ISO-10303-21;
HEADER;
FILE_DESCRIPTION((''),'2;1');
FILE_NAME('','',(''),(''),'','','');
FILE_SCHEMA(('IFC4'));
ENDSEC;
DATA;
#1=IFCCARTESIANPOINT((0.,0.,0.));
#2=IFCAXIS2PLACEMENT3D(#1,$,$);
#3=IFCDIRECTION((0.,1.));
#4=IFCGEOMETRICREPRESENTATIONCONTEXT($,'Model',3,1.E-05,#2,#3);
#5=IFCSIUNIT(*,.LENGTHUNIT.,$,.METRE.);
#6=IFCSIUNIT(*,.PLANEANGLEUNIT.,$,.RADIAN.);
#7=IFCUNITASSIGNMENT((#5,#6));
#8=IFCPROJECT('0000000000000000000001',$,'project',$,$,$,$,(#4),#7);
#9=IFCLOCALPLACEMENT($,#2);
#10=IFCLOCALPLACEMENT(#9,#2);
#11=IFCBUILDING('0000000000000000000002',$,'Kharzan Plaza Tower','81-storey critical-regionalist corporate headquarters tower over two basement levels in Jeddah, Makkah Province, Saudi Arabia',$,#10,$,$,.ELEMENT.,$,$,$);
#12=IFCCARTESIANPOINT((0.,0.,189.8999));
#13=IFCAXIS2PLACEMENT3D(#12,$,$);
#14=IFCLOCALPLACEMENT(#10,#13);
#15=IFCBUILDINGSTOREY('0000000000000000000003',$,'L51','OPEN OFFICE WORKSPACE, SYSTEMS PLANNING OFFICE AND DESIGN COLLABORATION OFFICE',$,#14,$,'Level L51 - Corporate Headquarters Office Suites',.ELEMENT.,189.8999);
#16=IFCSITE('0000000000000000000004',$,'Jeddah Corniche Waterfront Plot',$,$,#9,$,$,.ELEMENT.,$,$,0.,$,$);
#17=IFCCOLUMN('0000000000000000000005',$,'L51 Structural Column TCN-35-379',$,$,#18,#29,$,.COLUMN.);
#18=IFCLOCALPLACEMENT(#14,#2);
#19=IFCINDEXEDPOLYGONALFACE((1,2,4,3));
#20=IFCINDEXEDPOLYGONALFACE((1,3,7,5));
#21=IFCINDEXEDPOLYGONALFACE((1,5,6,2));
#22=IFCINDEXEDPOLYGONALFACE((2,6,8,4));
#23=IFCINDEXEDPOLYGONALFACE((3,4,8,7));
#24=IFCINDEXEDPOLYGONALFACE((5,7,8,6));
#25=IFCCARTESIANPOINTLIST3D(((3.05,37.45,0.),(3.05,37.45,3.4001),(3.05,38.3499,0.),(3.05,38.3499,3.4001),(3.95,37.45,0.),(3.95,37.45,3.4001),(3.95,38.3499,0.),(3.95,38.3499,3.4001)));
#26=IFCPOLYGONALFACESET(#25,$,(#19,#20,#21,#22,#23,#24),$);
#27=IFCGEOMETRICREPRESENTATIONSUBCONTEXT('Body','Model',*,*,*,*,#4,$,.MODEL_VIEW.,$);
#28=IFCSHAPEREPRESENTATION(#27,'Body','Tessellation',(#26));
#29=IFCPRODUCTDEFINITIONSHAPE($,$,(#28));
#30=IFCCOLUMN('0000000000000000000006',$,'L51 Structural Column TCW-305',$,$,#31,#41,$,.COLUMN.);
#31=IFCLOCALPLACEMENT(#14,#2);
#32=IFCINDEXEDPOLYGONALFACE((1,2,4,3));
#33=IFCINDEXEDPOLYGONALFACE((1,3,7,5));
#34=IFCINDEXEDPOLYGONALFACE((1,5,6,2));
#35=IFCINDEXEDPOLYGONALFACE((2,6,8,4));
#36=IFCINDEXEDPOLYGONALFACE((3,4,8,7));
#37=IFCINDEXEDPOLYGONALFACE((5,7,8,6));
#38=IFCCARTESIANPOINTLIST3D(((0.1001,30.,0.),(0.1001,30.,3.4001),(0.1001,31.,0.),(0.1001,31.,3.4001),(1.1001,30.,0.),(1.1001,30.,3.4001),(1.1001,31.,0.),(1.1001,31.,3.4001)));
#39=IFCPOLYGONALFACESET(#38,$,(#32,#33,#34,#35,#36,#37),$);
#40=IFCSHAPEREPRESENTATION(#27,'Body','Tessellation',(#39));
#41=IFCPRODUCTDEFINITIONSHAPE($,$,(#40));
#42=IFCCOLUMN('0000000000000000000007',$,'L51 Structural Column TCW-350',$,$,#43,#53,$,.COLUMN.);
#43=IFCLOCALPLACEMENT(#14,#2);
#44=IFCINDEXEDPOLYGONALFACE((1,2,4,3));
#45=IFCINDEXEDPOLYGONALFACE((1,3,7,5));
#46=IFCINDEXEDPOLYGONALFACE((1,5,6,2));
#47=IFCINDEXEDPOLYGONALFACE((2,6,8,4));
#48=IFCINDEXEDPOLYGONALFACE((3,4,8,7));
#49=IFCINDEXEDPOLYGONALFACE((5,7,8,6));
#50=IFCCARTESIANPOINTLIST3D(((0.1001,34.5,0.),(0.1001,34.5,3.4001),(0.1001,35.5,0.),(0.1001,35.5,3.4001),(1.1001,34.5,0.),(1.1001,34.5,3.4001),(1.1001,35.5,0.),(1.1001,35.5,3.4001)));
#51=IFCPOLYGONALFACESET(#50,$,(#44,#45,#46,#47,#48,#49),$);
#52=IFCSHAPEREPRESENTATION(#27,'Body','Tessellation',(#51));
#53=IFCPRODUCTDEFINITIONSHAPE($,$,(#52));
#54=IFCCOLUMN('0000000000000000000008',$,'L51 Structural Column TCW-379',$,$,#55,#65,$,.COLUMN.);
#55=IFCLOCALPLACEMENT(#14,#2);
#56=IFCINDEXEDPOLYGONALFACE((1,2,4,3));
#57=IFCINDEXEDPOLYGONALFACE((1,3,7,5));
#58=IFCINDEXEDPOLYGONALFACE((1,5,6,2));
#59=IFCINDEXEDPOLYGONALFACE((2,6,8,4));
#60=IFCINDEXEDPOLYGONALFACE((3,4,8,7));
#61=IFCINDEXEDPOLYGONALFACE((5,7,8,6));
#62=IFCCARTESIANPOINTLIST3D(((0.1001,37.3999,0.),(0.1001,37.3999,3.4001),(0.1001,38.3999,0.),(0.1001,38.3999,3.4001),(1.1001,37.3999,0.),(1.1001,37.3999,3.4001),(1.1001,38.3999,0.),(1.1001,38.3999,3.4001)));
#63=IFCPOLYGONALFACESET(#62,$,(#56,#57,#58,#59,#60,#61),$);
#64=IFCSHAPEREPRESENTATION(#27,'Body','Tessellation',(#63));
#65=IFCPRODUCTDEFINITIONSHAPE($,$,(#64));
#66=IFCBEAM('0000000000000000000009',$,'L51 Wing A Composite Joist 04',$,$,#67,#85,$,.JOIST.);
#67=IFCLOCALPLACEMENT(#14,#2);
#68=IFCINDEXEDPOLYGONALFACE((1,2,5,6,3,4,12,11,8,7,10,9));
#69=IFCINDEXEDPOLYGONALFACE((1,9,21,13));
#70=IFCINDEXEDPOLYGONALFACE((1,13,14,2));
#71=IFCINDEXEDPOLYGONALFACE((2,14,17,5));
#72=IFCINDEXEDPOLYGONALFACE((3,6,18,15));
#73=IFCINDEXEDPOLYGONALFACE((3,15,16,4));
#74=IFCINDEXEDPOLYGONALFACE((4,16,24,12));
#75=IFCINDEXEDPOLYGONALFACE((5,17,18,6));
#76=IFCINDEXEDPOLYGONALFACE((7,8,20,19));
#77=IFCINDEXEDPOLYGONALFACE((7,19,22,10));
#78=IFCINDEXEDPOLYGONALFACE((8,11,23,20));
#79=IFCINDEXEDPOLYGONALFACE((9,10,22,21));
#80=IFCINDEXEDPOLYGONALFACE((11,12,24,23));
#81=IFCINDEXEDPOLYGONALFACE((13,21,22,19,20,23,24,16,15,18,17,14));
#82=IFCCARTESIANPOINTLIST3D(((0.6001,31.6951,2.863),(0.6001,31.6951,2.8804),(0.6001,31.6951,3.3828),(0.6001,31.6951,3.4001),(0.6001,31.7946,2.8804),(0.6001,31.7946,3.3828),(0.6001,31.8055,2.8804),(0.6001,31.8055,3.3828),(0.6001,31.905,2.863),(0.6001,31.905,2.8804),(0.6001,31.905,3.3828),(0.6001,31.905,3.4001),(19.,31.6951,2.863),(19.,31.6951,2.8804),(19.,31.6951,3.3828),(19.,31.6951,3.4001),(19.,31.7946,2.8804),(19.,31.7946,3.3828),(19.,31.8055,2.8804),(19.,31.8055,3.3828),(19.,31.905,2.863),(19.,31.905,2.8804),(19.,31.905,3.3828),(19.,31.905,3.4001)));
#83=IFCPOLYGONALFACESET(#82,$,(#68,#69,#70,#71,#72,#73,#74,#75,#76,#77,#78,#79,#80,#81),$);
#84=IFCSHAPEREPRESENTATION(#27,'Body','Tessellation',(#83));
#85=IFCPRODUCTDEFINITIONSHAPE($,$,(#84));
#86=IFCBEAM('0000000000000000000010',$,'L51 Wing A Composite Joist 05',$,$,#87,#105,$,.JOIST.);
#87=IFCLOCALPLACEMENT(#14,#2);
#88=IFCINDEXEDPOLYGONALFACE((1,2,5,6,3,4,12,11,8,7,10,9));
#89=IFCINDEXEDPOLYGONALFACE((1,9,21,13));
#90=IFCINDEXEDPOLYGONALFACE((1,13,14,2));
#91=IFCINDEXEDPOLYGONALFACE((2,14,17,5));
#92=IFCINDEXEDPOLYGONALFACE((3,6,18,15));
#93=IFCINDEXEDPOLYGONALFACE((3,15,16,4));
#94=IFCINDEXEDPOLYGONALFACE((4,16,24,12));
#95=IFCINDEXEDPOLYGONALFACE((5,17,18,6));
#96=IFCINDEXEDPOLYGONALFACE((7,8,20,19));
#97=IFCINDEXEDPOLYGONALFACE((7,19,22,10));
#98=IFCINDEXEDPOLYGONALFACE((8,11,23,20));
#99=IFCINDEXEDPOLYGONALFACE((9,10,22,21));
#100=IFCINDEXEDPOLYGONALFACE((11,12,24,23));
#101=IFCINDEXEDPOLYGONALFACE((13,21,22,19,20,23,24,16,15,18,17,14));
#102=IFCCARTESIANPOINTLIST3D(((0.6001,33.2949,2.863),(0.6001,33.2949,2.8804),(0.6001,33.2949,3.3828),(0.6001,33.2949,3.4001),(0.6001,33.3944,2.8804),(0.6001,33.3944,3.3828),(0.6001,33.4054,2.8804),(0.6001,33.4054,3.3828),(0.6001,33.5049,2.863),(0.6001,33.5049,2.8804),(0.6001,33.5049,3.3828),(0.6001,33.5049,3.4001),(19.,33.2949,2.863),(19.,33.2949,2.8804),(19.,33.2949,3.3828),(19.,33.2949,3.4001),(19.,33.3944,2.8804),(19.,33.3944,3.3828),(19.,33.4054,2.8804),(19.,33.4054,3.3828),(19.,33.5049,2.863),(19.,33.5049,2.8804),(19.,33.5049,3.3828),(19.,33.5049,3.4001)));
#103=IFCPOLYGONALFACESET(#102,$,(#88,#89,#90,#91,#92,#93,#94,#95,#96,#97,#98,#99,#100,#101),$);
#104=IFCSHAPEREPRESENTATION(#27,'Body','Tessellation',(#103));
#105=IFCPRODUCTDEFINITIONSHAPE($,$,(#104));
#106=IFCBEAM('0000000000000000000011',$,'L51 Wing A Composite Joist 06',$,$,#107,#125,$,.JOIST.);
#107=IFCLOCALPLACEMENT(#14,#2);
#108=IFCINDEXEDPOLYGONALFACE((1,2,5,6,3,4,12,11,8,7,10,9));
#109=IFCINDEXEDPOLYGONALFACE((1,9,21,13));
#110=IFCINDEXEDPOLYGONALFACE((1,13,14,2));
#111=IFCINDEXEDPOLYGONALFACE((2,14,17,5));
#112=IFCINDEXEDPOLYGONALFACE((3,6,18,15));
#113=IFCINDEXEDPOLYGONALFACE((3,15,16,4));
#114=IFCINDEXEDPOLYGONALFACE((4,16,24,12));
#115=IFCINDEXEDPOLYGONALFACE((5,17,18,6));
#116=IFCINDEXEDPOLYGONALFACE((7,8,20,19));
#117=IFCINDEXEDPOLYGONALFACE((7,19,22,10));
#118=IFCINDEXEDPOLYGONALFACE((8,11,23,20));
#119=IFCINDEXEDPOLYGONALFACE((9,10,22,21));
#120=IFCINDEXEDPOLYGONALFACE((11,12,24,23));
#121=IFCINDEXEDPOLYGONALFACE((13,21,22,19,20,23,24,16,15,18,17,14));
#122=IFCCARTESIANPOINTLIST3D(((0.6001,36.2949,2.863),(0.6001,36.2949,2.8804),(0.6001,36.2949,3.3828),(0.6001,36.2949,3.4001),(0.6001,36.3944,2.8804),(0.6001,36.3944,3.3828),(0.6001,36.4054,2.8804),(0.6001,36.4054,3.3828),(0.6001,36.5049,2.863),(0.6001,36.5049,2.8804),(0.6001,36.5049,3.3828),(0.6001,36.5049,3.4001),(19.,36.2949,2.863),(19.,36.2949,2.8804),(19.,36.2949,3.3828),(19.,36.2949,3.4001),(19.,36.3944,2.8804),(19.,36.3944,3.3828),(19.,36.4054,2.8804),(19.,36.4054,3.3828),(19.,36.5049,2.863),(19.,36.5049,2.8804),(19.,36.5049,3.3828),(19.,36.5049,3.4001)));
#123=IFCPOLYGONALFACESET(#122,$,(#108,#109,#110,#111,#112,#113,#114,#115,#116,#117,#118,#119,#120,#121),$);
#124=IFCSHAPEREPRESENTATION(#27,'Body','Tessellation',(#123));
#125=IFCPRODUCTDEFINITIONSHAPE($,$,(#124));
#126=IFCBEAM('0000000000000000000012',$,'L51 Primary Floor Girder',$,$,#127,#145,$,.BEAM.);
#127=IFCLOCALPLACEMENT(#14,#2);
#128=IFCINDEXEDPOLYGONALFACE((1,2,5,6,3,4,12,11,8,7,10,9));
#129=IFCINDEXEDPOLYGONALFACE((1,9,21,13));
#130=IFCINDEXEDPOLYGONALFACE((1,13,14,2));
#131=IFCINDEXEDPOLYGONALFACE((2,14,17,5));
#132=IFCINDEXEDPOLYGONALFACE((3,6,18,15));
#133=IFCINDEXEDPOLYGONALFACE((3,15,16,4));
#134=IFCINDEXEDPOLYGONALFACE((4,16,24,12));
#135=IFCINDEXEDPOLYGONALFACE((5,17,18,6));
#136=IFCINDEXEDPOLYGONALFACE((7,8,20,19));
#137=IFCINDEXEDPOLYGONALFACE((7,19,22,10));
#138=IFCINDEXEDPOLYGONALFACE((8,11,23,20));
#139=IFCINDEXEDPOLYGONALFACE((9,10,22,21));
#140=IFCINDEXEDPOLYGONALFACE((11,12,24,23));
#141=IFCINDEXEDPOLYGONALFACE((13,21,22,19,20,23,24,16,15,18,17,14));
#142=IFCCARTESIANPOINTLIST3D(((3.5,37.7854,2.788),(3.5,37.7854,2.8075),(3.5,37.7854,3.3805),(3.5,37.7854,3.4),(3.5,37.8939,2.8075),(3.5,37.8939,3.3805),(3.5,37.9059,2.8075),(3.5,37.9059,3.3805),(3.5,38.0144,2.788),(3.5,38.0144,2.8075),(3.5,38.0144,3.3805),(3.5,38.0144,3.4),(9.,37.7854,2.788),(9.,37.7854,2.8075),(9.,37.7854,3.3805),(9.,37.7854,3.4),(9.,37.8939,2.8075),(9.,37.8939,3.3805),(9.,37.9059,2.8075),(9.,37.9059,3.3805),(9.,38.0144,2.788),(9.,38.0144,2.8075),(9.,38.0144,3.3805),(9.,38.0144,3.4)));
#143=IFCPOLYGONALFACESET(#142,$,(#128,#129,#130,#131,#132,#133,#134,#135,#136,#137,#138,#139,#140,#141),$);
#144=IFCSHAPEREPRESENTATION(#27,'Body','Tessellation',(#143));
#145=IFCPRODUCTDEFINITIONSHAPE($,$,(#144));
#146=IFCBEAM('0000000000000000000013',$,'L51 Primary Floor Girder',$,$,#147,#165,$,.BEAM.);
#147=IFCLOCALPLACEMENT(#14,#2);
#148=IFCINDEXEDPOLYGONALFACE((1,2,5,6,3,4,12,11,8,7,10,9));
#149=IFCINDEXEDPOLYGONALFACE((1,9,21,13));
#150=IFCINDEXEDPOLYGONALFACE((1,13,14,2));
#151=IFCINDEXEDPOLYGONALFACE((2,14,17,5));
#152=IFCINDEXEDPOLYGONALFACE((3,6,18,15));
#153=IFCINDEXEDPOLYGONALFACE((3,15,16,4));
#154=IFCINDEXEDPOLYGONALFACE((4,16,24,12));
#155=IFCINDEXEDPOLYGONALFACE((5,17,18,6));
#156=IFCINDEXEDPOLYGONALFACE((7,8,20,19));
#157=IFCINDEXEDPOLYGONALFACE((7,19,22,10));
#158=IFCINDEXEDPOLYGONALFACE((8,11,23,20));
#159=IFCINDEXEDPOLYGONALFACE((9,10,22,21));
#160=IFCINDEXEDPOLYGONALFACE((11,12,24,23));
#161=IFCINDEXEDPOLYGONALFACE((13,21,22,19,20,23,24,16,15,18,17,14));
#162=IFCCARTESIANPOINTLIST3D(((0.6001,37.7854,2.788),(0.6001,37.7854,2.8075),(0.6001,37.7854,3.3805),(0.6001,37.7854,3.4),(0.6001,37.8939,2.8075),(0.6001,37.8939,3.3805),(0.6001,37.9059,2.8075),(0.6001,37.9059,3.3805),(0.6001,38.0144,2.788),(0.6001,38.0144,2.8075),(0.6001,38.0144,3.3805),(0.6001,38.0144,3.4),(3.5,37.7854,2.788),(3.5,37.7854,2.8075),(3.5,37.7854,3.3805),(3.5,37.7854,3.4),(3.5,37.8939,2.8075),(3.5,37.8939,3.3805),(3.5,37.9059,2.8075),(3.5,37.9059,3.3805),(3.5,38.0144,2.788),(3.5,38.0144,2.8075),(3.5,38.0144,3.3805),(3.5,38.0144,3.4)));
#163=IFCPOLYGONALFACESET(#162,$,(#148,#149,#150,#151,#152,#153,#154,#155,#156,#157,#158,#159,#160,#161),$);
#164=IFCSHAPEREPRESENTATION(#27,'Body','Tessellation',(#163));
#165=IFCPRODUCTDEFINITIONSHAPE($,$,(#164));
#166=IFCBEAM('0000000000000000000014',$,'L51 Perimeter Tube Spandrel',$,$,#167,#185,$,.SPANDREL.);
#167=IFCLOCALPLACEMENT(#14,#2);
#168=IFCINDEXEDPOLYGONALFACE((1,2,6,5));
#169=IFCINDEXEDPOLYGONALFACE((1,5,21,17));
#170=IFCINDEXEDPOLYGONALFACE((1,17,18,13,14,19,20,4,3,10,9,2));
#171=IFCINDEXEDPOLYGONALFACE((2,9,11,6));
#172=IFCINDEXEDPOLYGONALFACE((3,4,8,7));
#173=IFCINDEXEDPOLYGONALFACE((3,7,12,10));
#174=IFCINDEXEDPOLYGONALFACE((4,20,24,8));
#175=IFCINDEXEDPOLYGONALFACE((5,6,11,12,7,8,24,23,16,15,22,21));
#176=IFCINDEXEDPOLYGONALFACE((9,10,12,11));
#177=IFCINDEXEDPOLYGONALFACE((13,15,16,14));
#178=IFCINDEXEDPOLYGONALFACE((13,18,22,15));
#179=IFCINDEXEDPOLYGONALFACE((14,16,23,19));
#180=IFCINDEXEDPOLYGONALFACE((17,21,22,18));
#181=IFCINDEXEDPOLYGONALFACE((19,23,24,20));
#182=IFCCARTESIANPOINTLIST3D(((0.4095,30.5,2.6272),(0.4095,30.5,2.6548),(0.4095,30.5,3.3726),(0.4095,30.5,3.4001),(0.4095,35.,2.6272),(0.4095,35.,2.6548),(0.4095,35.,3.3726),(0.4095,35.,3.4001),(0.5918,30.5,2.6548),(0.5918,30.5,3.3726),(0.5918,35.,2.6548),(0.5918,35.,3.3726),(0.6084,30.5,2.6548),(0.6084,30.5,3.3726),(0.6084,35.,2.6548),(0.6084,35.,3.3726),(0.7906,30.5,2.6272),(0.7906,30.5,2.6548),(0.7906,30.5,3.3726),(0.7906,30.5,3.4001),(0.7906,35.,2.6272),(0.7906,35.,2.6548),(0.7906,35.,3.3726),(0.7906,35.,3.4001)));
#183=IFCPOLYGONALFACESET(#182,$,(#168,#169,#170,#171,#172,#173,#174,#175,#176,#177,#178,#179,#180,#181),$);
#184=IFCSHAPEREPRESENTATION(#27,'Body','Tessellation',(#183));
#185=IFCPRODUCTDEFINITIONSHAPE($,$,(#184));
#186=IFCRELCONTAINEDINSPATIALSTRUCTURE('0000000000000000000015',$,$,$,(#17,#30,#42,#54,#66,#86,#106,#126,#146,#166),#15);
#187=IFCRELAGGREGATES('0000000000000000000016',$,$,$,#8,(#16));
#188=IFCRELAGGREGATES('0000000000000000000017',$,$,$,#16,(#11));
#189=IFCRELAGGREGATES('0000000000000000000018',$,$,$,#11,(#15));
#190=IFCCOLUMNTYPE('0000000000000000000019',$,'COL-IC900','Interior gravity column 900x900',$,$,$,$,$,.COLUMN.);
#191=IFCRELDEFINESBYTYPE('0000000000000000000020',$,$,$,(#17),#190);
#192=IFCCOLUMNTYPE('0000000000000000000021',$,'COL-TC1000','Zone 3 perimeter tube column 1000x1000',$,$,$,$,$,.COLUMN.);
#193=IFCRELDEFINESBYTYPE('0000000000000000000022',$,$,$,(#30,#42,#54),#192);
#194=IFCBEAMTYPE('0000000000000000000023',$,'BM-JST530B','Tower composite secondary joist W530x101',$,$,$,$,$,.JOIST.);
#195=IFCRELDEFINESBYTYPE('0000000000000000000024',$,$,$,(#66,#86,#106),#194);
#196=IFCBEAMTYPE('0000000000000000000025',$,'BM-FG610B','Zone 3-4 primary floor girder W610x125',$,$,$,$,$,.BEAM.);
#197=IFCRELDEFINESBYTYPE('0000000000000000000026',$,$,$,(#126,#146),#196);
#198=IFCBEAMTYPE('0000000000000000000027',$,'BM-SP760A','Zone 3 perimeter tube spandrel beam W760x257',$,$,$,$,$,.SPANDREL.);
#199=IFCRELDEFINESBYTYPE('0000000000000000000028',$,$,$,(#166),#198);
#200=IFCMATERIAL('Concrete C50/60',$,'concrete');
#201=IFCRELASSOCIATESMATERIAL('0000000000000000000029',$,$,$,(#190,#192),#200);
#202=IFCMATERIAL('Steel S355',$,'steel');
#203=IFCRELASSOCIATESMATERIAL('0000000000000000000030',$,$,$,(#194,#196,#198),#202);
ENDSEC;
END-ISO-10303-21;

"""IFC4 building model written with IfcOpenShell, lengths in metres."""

from ifc_helpers import new_model, si_unit, direction, frame, origin, origin_2d, place, context, subcontext, project, spatial, rectangle, i_section, extrude, source, transform, mapped, material, material_profile, profile_set, type_object, element, save


model = new_model("IFC4")

# Units and contexts
model_context = context("Model", 3, precision=1e-05, world=origin(), true_north=direction((0.0, 1.0)))
body_context = subcontext(model_context, "Body", "Model", "MODEL_VIEW")
ifc_project = project(units=[si_unit("LENGTHUNIT", "METRE"), si_unit("PLANEANGLEUNIT", "RADIAN")], contexts=[model_context])

# Site, building, storey
site_placement = place(None, origin())
site = spatial("IfcSite", under=ifc_project, at=site_placement, Name="Jeddah Corniche Waterfront Plot", CompositionType="ELEMENT", RefElevation=0.0)
building_placement = place(site_placement, origin())
building = spatial("IfcBuilding", under=site, at=building_placement, Name="Kharzan Plaza Tower", Description="81-storey critical-regionalist corporate headquarters tower over two basement levels in Jeddah, Makkah Province, Saudi Arabia", CompositionType="ELEMENT")
storey_placement = place(building_placement, frame((0.0, 0.0, 189.8999)))
storey = spatial("IfcBuildingStorey", under=building, at=storey_placement, Name="L51", Description="OPEN OFFICE WORKSPACE, SYSTEMS PLANNING OFFICE AND DESIGN COLLABORATION OFFICE", LongName="Level L51 - Corporate Headquarters Office Suites", CompositionType="ELEMENT", Elevation=189.8999)

# Columns
ifc_material_1 = material(Name="Concrete C50/60", Category="concrete")
ifc_material_profile_1 = material_profile(ifc_material_1, rectangle(XDim=0.8999, YDim=0.8999, at=origin_2d()), Name="RC-IC900x900")
ifc_profile_set_1 = profile_set([ifc_material_profile_1], Name="Concrete C50/60")
column_type_1 = type_object("IfcColumnType", Name="COL-IC900", Description="Interior gravity column 900x900", PredefinedType="COLUMN", material=ifc_profile_set_1)
shared_shape_1 = source(origin(), body_context, "Body", "SweptSolid", [
    extrude(rectangle(XDim=0.8999, YDim=0.8999, at=origin_2d()), origin(), (0.0, 0.0, 1.0), 3.4001),
])
column_placement = place(storey_placement, frame((3.5, 37.8999, 0.0), z_axis=(0.0, 0.0, 1.0), x_axis=(1.0, 0.0, 0.0)))
element("IfcColumn", 1, at=column_placement, inside=storey, type_object=column_type_1, Name="L51 Structural Column TCN-35-379", PredefinedType="COLUMN", context=body_context, shape_type="MappedRepresentation", body=[
    mapped(shared_shape_1, transform((0.0, 0.0, 0.0), x_axis=(1.0, 0.0, 0.0), y_axis=(0.0, 1.0, 0.0), z_axis=(0.0, 0.0, 1.0))),
])
ifc_material_profile_2 = material_profile(ifc_material_1, rectangle(XDim=1.0, YDim=1.0, at=origin_2d()), Name="RC-TC1000x1000")
ifc_profile_set_2 = profile_set([ifc_material_profile_2], Name="Concrete C50/60")
column_type_2 = type_object("IfcColumnType", Name="COL-TC1000", Description="Zone 3 perimeter tube column 1000x1000", PredefinedType="COLUMN", material=ifc_profile_set_2)
shared_shape_2 = source(origin(), body_context, "Body", "SweptSolid", [
    extrude(rectangle(XDim=1.0, YDim=1.0, at=origin_2d()), origin(), (0.0, 0.0, 1.0), 3.4001),
])
for number, where, z_axis, x_axis, name in (
    (2, (0.6001, 30.5, 0.0), (0.0, 0.0, 1.0), (1.0, 0.0, 0.0), "L51 Structural Column TCW-305"),
    (3, (0.6001, 35.0, 0.0), (0.0, 0.0, 1.0), (1.0, 0.0, 0.0), "L51 Structural Column TCW-350"),
    (4, (0.6001, 37.8999, 0.0), (0.0, 0.0, 1.0), (1.0, 0.0, 0.0), "L51 Structural Column TCW-379"),
):
    element("IfcColumn", number, at=place(storey_placement, frame(where, z_axis=z_axis, x_axis=x_axis)), inside=storey, type_object=column_type_2, Name=name, PredefinedType="COLUMN", context=body_context, shape_type="MappedRepresentation", body=[
        mapped(shared_shape_2, transform((0.0, 0.0, 0.0), x_axis=(1.0, 0.0, 0.0), y_axis=(0.0, 1.0, 0.0), z_axis=(0.0, 0.0, 1.0))),
    ])

# Beams
ifc_material_2 = material(Name="Steel S355", Category="steel")
ifc_material_profile_3 = material_profile(ifc_material_2, i_section(OverallWidth=0.21, OverallDepth=0.5371, WebThickness=0.011, FlangeThickness=0.0173, at=origin_2d()), Name="W530x101")
ifc_profile_set_3 = profile_set([ifc_material_profile_3], Name="Steel S355")
beam_type_1 = type_object("IfcBeamType", Name="BM-JST530B", Description="Tower composite secondary joist W530x101", PredefinedType="JOIST", material=ifc_profile_set_3)
shared_shape_3 = source(origin(), body_context, "Body", "SweptSolid", [
    extrude(i_section(OverallWidth=0.21, OverallDepth=0.5371, WebThickness=0.011, FlangeThickness=0.0173, at=origin_2d()), origin(), (0.0, 0.0, 1.0), 18.3999),
])
for number, where, z_axis, x_axis, name in (
    (5, (0.6001, 31.8, 3.1316), (1.0, 0.0, 0.0), (0.0, 1.0, 0.0), "L51 Wing A Composite Joist 04"),
    (6, (0.6001, 33.3999, 3.1316), (1.0, 0.0, 0.0), (0.0, 1.0, 0.0), "L51 Wing A Composite Joist 05"),
    (7, (0.6001, 36.3999, 3.1316), (1.0, 0.0, 0.0), (0.0, 1.0, 0.0), "L51 Wing A Composite Joist 06"),
):
    element("IfcBeam", number, at=place(storey_placement, frame(where, z_axis=z_axis, x_axis=x_axis)), inside=storey, type_object=beam_type_1, Name=name, PredefinedType="JOIST", context=body_context, shape_type="MappedRepresentation", body=[
        mapped(shared_shape_3, transform((0.0, 0.0, 0.0), x_axis=(1.0, 0.0, 0.0), y_axis=(0.0, 1.0, 0.0), z_axis=(0.0, 0.0, 1.0))),
    ])
ifc_material_profile_4 = material_profile(ifc_material_2, i_section(OverallWidth=0.229, OverallDepth=0.6121, WebThickness=0.012, FlangeThickness=0.0195, at=origin_2d()), Name="W610x125")
ifc_profile_set_4 = profile_set([ifc_material_profile_4], Name="Steel S355")
beam_type_2 = type_object("IfcBeamType", Name="BM-FG610B", Description="Zone 3-4 primary floor girder W610x125", PredefinedType="BEAM", material=ifc_profile_set_4)
shared_shape_4 = source(origin(), body_context, "Body", "SweptSolid", [
    extrude(i_section(OverallWidth=0.229, OverallDepth=0.6121, WebThickness=0.012, FlangeThickness=0.0195, at=origin_2d()), origin(), (0.0, 0.0, 1.0), 5.5),
])
beam_1_placement = place(storey_placement, frame((3.5, 37.8999, 3.094), z_axis=(1.0, 0.0, 0.0), x_axis=(0.0, 1.0, 0.0)))
element("IfcBeam", 8, at=beam_1_placement, inside=storey, type_object=beam_type_2, Name="L51 Primary Floor Girder", PredefinedType="BEAM", context=body_context, shape_type="MappedRepresentation", body=[
    mapped(shared_shape_4, transform((0.0, 0.0, 0.0), x_axis=(1.0, 0.0, 0.0), y_axis=(0.0, 1.0, 0.0), z_axis=(0.0, 0.0, 1.0))),
])
shared_shape_5 = source(origin(), body_context, "Body", "SweptSolid", [
    extrude(i_section(OverallWidth=0.229, OverallDepth=0.6121, WebThickness=0.012, FlangeThickness=0.0195, at=origin_2d()), origin(), (0.0, 0.0, 1.0), 2.8999),
])
beam_2_placement = place(storey_placement, frame((0.6001, 37.8999, 3.094), z_axis=(1.0, 0.0, 0.0), x_axis=(0.0, 1.0, 0.0)))
element("IfcBeam", 9, at=beam_2_placement, inside=storey, type_object=beam_type_2, Name="L51 Primary Floor Girder", PredefinedType="BEAM", context=body_context, shape_type="MappedRepresentation", body=[
    mapped(shared_shape_5, transform((0.0, 0.0, 0.0), x_axis=(1.0, 0.0, 0.0), y_axis=(0.0, 1.0, 0.0), z_axis=(0.0, 0.0, 1.0))),
])
ifc_material_profile_5 = material_profile(ifc_material_2, i_section(OverallWidth=0.3811, OverallDepth=0.7729, WebThickness=0.0166, FlangeThickness=0.0276, at=origin_2d()), Name="W760x257")
ifc_profile_set_5 = profile_set([ifc_material_profile_5], Name="Steel S355")
beam_type_3 = type_object("IfcBeamType", Name="BM-SP760A", Description="Zone 3 perimeter tube spandrel beam W760x257", PredefinedType="SPANDREL", material=ifc_profile_set_5)
shared_shape_6 = source(origin(), body_context, "Body", "SweptSolid", [
    extrude(i_section(OverallWidth=0.3811, OverallDepth=0.7729, WebThickness=0.0166, FlangeThickness=0.0276, at=origin_2d()), origin(), (0.0, 0.0, 1.0), 4.5),
])
beam_3_placement = place(storey_placement, frame((0.6001, 30.5, 3.0137), z_axis=(0.0, 1.0, 0.0), x_axis=(-1.0, 0.0, 0.0)))
element("IfcBeam", 10, at=beam_3_placement, inside=storey, type_object=beam_type_3, Name="L51 Perimeter Tube Spandrel", PredefinedType="SPANDREL", context=body_context, shape_type="MappedRepresentation", body=[
    mapped(shared_shape_6, transform((0.0, 0.0, 0.0), x_axis=(1.0, 0.0, 0.0), y_axis=(0.0, 1.0, 0.0), z_axis=(0.0, 0.0, 1.0))),
])

save(model, "model.ifc")
